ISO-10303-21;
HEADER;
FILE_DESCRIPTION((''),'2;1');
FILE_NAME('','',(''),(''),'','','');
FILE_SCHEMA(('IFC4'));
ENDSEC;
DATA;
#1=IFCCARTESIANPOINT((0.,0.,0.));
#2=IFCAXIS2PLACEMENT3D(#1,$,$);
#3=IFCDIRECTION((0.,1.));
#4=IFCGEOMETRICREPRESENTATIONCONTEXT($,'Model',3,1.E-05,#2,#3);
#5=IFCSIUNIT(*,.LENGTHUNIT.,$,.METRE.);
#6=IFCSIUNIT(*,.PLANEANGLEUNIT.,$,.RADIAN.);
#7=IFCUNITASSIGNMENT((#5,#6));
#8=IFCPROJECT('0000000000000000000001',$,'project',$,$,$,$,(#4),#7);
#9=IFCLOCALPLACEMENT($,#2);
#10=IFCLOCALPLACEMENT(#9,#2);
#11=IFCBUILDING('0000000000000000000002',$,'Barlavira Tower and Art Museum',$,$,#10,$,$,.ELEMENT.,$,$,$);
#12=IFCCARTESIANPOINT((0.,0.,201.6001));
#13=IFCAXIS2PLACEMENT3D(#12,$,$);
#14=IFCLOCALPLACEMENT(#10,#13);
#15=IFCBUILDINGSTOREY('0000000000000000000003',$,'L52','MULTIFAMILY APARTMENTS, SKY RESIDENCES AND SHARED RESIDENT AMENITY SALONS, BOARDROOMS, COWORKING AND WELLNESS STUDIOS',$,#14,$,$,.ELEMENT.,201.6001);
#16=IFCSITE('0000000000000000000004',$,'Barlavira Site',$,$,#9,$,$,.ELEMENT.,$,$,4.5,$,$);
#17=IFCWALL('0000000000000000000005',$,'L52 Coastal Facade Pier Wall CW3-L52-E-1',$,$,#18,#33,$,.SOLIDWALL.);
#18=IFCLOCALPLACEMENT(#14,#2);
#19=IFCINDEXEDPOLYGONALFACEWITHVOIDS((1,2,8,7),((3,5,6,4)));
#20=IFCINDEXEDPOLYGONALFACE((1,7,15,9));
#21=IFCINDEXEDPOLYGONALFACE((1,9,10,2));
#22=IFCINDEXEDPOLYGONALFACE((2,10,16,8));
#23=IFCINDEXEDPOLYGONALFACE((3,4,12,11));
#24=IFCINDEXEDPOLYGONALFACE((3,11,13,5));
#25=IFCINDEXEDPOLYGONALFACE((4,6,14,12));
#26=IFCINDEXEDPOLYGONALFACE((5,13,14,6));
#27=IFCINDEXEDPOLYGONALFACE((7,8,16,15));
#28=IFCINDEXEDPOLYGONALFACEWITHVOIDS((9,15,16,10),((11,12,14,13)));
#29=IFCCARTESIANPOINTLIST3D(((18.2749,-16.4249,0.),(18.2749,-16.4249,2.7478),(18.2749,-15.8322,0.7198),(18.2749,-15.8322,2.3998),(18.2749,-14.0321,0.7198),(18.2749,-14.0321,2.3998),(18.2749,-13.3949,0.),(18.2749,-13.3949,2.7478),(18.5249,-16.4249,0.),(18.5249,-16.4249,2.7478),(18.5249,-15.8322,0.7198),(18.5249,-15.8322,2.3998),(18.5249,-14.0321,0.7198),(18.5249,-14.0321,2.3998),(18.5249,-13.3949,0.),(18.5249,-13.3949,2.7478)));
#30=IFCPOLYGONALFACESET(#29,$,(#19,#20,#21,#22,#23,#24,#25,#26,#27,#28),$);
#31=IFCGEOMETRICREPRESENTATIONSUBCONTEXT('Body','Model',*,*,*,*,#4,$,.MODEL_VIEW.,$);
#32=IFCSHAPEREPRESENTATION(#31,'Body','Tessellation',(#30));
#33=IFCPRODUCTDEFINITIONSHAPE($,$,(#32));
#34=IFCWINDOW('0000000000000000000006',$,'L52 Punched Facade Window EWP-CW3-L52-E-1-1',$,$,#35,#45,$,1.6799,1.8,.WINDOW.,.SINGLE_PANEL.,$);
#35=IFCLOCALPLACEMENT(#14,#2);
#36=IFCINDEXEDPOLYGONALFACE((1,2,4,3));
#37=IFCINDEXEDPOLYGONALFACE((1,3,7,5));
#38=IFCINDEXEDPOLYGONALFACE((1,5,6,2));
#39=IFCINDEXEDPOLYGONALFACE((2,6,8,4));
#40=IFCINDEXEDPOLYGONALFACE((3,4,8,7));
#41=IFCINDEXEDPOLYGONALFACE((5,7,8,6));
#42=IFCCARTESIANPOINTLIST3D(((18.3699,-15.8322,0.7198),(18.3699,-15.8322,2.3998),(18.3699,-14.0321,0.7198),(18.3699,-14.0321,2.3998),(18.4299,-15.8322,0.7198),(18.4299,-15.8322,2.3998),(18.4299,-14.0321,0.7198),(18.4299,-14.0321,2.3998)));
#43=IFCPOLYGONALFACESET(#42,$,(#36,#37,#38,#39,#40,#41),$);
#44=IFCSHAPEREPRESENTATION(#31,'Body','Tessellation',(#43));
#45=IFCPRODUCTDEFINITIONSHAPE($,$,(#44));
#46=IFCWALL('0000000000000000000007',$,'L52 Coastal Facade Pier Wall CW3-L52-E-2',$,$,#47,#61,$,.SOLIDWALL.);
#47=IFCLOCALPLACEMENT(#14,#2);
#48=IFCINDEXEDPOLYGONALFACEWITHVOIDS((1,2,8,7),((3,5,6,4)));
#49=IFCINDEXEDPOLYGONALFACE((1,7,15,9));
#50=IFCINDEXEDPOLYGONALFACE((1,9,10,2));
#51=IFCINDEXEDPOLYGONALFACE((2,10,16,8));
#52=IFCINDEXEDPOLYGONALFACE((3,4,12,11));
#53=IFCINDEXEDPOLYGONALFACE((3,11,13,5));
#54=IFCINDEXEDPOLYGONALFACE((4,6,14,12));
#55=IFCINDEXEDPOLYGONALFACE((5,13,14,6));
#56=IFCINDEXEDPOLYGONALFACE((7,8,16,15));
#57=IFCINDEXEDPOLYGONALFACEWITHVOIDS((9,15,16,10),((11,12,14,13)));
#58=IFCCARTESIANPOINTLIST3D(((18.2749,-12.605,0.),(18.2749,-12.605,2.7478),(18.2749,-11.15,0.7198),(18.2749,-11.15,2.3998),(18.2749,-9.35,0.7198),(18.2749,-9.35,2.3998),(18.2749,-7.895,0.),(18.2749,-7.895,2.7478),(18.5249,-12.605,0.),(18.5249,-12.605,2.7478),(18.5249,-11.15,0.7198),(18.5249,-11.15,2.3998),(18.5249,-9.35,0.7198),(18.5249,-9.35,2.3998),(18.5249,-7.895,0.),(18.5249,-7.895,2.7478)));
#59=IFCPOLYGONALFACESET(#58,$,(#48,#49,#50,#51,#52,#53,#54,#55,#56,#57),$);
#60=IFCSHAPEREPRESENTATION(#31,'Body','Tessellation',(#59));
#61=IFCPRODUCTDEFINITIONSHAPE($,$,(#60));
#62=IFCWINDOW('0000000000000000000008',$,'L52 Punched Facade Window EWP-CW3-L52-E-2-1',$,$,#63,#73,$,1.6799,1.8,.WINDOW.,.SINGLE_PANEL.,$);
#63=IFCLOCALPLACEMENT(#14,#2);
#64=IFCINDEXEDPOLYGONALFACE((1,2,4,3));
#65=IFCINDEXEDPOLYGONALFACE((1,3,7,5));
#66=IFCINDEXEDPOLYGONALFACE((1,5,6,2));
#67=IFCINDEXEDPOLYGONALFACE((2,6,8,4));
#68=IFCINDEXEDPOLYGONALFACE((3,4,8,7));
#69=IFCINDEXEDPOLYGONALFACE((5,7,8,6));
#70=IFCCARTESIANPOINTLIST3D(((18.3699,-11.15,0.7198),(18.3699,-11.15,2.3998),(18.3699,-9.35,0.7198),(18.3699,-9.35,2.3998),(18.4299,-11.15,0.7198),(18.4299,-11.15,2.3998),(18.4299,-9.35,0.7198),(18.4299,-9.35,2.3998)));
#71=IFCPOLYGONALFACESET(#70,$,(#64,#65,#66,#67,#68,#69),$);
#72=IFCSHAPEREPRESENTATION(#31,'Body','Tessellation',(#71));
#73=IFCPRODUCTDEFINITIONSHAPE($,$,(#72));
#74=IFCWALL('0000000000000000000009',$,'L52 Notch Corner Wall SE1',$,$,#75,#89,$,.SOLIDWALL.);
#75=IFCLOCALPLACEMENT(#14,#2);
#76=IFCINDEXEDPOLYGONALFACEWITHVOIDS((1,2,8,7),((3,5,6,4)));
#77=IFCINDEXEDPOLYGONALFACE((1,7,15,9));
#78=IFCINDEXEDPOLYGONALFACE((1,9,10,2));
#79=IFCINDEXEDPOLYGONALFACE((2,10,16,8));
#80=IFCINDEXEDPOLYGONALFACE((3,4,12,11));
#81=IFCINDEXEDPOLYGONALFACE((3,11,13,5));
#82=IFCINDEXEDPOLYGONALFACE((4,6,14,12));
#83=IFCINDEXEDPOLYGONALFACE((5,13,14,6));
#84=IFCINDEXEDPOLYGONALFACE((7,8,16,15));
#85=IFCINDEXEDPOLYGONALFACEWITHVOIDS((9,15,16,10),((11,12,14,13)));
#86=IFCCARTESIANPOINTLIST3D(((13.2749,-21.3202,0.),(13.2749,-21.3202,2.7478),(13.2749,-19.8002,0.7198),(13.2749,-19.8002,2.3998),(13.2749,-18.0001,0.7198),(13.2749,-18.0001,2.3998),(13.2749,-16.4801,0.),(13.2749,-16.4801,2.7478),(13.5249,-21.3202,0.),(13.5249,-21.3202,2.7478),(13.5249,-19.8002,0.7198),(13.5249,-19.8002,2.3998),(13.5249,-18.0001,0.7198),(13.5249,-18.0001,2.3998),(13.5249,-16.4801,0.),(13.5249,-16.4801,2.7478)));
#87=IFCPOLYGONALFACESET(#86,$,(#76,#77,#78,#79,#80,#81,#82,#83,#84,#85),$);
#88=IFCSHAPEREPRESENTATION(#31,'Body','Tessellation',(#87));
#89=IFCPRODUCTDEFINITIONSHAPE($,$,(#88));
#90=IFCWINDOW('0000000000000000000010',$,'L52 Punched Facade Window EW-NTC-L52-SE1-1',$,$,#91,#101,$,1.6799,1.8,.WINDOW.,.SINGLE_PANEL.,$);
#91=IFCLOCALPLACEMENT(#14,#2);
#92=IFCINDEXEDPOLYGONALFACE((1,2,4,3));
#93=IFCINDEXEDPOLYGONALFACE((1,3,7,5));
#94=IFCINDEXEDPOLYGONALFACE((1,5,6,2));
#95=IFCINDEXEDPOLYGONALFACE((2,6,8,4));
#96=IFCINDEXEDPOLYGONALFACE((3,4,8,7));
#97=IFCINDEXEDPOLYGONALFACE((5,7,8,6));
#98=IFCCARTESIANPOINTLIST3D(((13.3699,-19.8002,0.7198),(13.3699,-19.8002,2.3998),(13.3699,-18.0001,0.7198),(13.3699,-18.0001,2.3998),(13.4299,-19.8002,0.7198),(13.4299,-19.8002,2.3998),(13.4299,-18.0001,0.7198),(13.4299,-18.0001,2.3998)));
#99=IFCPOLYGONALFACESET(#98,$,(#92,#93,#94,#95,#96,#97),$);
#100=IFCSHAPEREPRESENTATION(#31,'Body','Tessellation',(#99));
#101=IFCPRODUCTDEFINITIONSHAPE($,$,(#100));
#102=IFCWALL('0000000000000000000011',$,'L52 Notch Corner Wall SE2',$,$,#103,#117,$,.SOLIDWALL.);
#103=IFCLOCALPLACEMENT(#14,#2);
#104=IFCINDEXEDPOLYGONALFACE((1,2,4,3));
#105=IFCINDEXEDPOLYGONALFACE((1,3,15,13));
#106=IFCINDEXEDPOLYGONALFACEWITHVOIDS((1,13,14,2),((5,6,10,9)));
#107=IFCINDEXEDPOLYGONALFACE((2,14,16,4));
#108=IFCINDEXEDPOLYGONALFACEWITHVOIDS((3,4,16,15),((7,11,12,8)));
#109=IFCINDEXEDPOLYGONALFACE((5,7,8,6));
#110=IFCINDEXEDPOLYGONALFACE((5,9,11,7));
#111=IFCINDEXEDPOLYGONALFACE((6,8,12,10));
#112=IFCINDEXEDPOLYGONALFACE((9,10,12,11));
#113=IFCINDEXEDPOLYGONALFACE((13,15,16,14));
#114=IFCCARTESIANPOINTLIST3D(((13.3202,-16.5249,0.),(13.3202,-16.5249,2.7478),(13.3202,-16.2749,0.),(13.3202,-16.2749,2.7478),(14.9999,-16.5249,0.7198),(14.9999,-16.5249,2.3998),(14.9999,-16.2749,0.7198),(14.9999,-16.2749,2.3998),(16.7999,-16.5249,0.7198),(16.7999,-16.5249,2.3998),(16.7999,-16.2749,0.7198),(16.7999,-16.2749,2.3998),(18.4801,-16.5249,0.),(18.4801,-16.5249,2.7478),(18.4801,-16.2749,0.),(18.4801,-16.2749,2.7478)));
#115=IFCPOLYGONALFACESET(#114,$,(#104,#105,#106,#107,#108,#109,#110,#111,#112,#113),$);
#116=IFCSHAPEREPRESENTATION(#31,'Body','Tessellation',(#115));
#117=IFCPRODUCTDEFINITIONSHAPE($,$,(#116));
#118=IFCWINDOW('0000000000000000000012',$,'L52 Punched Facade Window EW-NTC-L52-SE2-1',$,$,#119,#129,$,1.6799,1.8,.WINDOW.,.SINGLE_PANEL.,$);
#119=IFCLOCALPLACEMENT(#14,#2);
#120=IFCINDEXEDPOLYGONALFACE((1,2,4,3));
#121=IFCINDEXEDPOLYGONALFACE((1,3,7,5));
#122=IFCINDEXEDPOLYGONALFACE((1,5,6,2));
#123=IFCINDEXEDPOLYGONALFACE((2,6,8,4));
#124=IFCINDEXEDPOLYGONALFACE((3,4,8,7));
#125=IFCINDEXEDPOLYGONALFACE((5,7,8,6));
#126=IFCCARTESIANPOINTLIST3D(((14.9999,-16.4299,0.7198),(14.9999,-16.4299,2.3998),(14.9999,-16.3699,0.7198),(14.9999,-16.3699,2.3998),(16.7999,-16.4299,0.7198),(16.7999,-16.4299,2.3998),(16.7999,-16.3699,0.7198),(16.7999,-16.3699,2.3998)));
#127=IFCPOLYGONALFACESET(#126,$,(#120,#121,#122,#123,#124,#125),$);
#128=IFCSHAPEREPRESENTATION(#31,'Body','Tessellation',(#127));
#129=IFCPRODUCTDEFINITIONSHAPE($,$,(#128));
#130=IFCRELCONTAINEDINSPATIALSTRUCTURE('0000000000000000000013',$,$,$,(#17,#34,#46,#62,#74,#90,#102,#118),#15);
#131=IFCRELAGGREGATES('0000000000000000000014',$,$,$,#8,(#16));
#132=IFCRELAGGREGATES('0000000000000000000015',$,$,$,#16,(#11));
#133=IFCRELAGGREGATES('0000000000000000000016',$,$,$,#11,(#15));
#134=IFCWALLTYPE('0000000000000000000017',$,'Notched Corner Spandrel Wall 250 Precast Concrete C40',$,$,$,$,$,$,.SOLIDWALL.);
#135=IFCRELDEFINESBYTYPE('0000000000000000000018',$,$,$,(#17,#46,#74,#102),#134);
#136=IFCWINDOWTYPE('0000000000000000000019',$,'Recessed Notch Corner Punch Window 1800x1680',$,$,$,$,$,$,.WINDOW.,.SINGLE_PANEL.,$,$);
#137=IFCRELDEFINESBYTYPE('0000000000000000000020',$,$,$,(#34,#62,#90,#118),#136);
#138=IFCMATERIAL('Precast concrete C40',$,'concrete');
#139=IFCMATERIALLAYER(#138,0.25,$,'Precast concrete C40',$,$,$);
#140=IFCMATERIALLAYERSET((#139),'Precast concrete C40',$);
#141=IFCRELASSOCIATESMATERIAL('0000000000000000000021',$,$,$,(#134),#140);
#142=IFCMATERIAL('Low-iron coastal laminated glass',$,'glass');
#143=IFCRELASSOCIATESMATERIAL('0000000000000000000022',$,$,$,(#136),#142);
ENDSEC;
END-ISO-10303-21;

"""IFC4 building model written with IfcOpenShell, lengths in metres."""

from ifc_helpers import new_model, si_unit, direction, frame, frame_2d, origin, place, context, subcontext, project, spatial, rectangle, extrude, material, layer, layer_set, type_object, element, fill, save


model = new_model("IFC4")

# Units and contexts
model_context = context("Model", 3, precision=1e-05, world=origin(), true_north=direction((0.0, 1.0)))
body_context = subcontext(model_context, "Body", "Model", "MODEL_VIEW")
ifc_project = project(units=[si_unit("LENGTHUNIT", "METRE"), si_unit("PLANEANGLEUNIT", "RADIAN")], contexts=[model_context])

# Site, building, storey
site_placement = place(None, origin())
site = spatial("IfcSite", under=ifc_project, at=site_placement, Name="Barlavira Site", CompositionType="ELEMENT", RefElevation=4.5)
building_placement = place(site_placement, origin())
building = spatial("IfcBuilding", under=site, at=building_placement, Name="Barlavira Tower and Art Museum", CompositionType="ELEMENT")
storey_placement = place(building_placement, frame((0.0, 0.0, 201.6001)))
storey = spatial("IfcBuildingStorey", under=building, at=storey_placement, Name="L52", Description="MULTIFAMILY APARTMENTS, SKY RESIDENCES AND SHARED RESIDENT AMENITY SALONS, BOARDROOMS, COWORKING AND WELLNESS STUDIOS", CompositionType="ELEMENT", Elevation=201.6001)

# Walls, openings, windows
ifc_material_1 = material(Name="Precast concrete C40", Category="concrete")
ifc_layer_1 = layer(ifc_material_1, 0.25, Name="Precast concrete C40")
ifc_layer_set_1 = layer_set([ifc_layer_1], Name="Precast concrete C40")
wall_type_1 = type_object("IfcWallType", Name="Notched Corner Spandrel Wall 250 Precast Concrete C40", PredefinedType="SOLIDWALL", material=ifc_layer_set_1)
ifc_material_2 = material(Name="Low-iron coastal laminated glass", Category="glass")
wall_1_placement = place(storey_placement, frame((18.3999, -16.425, 0.0), z_axis=(0.0, 0.0, 1.0), x_axis=(0.0, 1.0, 0.0)))
wall_1 = element("IfcWall", 1, at=wall_1_placement, inside=storey, type_object=wall_type_1, Name="L52 Coastal Facade Pier Wall CW3-L52-E-1", PredefinedType="SOLIDWALL", context=body_context, shape_type="SweptSolid", body=[
    extrude(rectangle(XDim=3.03, YDim=0.25, at=frame_2d((1.5151, 0.0))), origin(), (0.0, 0.0, 1.0), 2.7478),
])
opening_1_placement = place(wall_1_placement, frame((0.593, 0.0, 0.72)))
opening_1 = element("IfcOpeningElement", 2, at=opening_1_placement, cuts=wall_1, PredefinedType="OPENING", context=body_context, shape_type="SweptSolid", body=[
    extrude(rectangle(XDim=1.8, YDim=1.6799, at=frame_2d((0.8999, 0.8398))), frame((0.0, 0.135, 0.0), z_axis=(0.0, -1.0, 0.0), x_axis=(1.0, 0.0, 0.0)), (0.0, 0.0, 1.0), 0.27),
])
window_type_1 = type_object("IfcWindowType", Name="Recessed Notch Corner Punch Window 1800x1680", PartitioningType="SINGLE_PANEL", PredefinedType="WINDOW", material=ifc_material_2)
window_1_placement = place(opening_1_placement, origin())
window_1 = element("IfcWindow", 3, at=window_1_placement, inside=storey, type_object=window_type_1, Name="L52 Punched Facade Window EWP-CW3-L52-E-1-1", OverallHeight=1.6799, OverallWidth=1.8, PartitioningType="SINGLE_PANEL", PredefinedType="WINDOW", context=body_context, shape_type="SweptSolid", body=[
    extrude(rectangle(XDim=1.8, YDim=1.6799, at=frame_2d((0.8999, 0.8398))), frame((0.0, 0.03, 0.0), z_axis=(0.0, -1.0, 0.0), x_axis=(1.0, 0.0, 0.0)), (0.0, 0.0, 1.0), 0.0601),
])
fill(opening_1, window_1)
wall_2_placement = place(storey_placement, frame((18.3999, -12.605, 0.0), z_axis=(0.0, 0.0, 1.0), x_axis=(0.0, 1.0, 0.0)))
wall_2 = element("IfcWall", 4, at=wall_2_placement, inside=storey, type_object=wall_type_1, Name="L52 Coastal Facade Pier Wall CW3-L52-E-2", PredefinedType="SOLIDWALL", context=body_context, shape_type="SweptSolid", body=[
    extrude(rectangle(XDim=4.71, YDim=0.25, at=frame_2d((2.355, 0.0))), origin(), (0.0, 0.0, 1.0), 2.7478),
])
opening_2_placement = place(wall_2_placement, frame((1.4551, 0.0, 0.72)))
opening_2 = element("IfcOpeningElement", 5, at=opening_2_placement, cuts=wall_2, PredefinedType="OPENING", context=body_context, shape_type="SweptSolid", body=[
    extrude(rectangle(XDim=1.8, YDim=1.6799, at=frame_2d((0.8999, 0.8398))), frame((0.0, 0.135, 0.0), z_axis=(0.0, -1.0, 0.0), x_axis=(1.0, 0.0, 0.0)), (0.0, 0.0, 1.0), 0.27),
])
window_2_placement = place(opening_2_placement, origin())
window_2 = element("IfcWindow", 6, at=window_2_placement, inside=storey, type_object=window_type_1, Name="L52 Punched Facade Window EWP-CW3-L52-E-2-1", OverallHeight=1.6799, OverallWidth=1.8, PartitioningType="SINGLE_PANEL", PredefinedType="WINDOW", context=body_context, shape_type="SweptSolid", body=[
    extrude(rectangle(XDim=1.8, YDim=1.6799, at=frame_2d((0.8999, 0.8398))), frame((0.0, 0.03, 0.0), z_axis=(0.0, -1.0, 0.0), x_axis=(1.0, 0.0, 0.0)), (0.0, 0.0, 1.0), 0.0601),
])
fill(opening_2, window_2)
wall_3_placement = place(storey_placement, frame((13.3999, -21.3201, 0.0), z_axis=(0.0, 0.0, 1.0), x_axis=(0.0, 1.0, 0.0)))
wall_3 = element("IfcWall", 7, at=wall_3_placement, inside=storey, type_object=wall_type_1, Name="L52 Notch Corner Wall SE1", PredefinedType="SOLIDWALL", context=body_context, shape_type="SweptSolid", body=[
    extrude(rectangle(XDim=4.8401, YDim=0.25, at=frame_2d((2.4199, 0.0))), origin(), (0.0, 0.0, 1.0), 2.7478),
])
opening_3_placement = place(wall_3_placement, frame((1.52, 0.0, 0.72)))
opening_3 = element("IfcOpeningElement", 8, at=opening_3_placement, cuts=wall_3, PredefinedType="OPENING", context=body_context, shape_type="SweptSolid", body=[
    extrude(rectangle(XDim=1.8, YDim=1.6799, at=frame_2d((0.8999, 0.8398))), frame((0.0, 0.135, 0.0), z_axis=(0.0, -1.0, 0.0), x_axis=(1.0, 0.0, 0.0)), (0.0, 0.0, 1.0), 0.27),
])
window_3_placement = place(opening_3_placement, origin())
window_3 = element("IfcWindow", 9, at=window_3_placement, inside=storey, type_object=window_type_1, Name="L52 Punched Facade Window EW-NTC-L52-SE1-1", OverallHeight=1.6799, OverallWidth=1.8, PartitioningType="SINGLE_PANEL", PredefinedType="WINDOW", context=body_context, shape_type="SweptSolid", body=[
    extrude(rectangle(XDim=1.8, YDim=1.6799, at=frame_2d((0.8999, 0.8398))), frame((0.0, 0.03, 0.0), z_axis=(0.0, -1.0, 0.0), x_axis=(1.0, 0.0, 0.0)), (0.0, 0.0, 1.0), 0.0601),
])
fill(opening_3, window_3)
wall_4_placement = place(storey_placement, frame((13.3201, -16.3999, 0.0), z_axis=(0.0, 0.0, 1.0), x_axis=(1.0, 0.0, 0.0)))
wall_4 = element("IfcWall", 10, at=wall_4_placement, inside=storey, type_object=wall_type_1, Name="L52 Notch Corner Wall SE2", PredefinedType="SOLIDWALL", context=body_context, shape_type="SweptSolid", body=[
    extrude(rectangle(XDim=5.1599, YDim=0.25, at=frame_2d((2.5801, 0.0))), origin(), (0.0, 0.0, 1.0), 2.7478),
])
opening_4_placement = place(wall_4_placement, frame((1.6799, 0.0, 0.72)))
opening_4 = element("IfcOpeningElement", 11, at=opening_4_placement, cuts=wall_4, PredefinedType="OPENING", context=body_context, shape_type="SweptSolid", body=[
    extrude(rectangle(XDim=1.8, YDim=1.6799, at=frame_2d((0.8999, 0.8398))), frame((0.0, 0.135, 0.0), z_axis=(0.0, -1.0, 0.0), x_axis=(1.0, 0.0, 0.0)), (0.0, 0.0, 1.0), 0.27),
])
window_4_placement = place(opening_4_placement, origin())
window_4 = element("IfcWindow", 12, at=window_4_placement, inside=storey, type_object=window_type_1, Name="L52 Punched Facade Window EW-NTC-L52-SE2-1", OverallHeight=1.6799, OverallWidth=1.8, PartitioningType="SINGLE_PANEL", PredefinedType="WINDOW", context=body_context, shape_type="SweptSolid", body=[
    extrude(rectangle(XDim=1.8, YDim=1.6799, at=frame_2d((0.8999, 0.8398))), frame((0.0, 0.03, 0.0), z_axis=(0.0, -1.0, 0.0), x_axis=(1.0, 0.0, 0.0)), (0.0, 0.0, 1.0), 0.0601),
])
fill(opening_4, window_4)

save(model, "model.ifc")
